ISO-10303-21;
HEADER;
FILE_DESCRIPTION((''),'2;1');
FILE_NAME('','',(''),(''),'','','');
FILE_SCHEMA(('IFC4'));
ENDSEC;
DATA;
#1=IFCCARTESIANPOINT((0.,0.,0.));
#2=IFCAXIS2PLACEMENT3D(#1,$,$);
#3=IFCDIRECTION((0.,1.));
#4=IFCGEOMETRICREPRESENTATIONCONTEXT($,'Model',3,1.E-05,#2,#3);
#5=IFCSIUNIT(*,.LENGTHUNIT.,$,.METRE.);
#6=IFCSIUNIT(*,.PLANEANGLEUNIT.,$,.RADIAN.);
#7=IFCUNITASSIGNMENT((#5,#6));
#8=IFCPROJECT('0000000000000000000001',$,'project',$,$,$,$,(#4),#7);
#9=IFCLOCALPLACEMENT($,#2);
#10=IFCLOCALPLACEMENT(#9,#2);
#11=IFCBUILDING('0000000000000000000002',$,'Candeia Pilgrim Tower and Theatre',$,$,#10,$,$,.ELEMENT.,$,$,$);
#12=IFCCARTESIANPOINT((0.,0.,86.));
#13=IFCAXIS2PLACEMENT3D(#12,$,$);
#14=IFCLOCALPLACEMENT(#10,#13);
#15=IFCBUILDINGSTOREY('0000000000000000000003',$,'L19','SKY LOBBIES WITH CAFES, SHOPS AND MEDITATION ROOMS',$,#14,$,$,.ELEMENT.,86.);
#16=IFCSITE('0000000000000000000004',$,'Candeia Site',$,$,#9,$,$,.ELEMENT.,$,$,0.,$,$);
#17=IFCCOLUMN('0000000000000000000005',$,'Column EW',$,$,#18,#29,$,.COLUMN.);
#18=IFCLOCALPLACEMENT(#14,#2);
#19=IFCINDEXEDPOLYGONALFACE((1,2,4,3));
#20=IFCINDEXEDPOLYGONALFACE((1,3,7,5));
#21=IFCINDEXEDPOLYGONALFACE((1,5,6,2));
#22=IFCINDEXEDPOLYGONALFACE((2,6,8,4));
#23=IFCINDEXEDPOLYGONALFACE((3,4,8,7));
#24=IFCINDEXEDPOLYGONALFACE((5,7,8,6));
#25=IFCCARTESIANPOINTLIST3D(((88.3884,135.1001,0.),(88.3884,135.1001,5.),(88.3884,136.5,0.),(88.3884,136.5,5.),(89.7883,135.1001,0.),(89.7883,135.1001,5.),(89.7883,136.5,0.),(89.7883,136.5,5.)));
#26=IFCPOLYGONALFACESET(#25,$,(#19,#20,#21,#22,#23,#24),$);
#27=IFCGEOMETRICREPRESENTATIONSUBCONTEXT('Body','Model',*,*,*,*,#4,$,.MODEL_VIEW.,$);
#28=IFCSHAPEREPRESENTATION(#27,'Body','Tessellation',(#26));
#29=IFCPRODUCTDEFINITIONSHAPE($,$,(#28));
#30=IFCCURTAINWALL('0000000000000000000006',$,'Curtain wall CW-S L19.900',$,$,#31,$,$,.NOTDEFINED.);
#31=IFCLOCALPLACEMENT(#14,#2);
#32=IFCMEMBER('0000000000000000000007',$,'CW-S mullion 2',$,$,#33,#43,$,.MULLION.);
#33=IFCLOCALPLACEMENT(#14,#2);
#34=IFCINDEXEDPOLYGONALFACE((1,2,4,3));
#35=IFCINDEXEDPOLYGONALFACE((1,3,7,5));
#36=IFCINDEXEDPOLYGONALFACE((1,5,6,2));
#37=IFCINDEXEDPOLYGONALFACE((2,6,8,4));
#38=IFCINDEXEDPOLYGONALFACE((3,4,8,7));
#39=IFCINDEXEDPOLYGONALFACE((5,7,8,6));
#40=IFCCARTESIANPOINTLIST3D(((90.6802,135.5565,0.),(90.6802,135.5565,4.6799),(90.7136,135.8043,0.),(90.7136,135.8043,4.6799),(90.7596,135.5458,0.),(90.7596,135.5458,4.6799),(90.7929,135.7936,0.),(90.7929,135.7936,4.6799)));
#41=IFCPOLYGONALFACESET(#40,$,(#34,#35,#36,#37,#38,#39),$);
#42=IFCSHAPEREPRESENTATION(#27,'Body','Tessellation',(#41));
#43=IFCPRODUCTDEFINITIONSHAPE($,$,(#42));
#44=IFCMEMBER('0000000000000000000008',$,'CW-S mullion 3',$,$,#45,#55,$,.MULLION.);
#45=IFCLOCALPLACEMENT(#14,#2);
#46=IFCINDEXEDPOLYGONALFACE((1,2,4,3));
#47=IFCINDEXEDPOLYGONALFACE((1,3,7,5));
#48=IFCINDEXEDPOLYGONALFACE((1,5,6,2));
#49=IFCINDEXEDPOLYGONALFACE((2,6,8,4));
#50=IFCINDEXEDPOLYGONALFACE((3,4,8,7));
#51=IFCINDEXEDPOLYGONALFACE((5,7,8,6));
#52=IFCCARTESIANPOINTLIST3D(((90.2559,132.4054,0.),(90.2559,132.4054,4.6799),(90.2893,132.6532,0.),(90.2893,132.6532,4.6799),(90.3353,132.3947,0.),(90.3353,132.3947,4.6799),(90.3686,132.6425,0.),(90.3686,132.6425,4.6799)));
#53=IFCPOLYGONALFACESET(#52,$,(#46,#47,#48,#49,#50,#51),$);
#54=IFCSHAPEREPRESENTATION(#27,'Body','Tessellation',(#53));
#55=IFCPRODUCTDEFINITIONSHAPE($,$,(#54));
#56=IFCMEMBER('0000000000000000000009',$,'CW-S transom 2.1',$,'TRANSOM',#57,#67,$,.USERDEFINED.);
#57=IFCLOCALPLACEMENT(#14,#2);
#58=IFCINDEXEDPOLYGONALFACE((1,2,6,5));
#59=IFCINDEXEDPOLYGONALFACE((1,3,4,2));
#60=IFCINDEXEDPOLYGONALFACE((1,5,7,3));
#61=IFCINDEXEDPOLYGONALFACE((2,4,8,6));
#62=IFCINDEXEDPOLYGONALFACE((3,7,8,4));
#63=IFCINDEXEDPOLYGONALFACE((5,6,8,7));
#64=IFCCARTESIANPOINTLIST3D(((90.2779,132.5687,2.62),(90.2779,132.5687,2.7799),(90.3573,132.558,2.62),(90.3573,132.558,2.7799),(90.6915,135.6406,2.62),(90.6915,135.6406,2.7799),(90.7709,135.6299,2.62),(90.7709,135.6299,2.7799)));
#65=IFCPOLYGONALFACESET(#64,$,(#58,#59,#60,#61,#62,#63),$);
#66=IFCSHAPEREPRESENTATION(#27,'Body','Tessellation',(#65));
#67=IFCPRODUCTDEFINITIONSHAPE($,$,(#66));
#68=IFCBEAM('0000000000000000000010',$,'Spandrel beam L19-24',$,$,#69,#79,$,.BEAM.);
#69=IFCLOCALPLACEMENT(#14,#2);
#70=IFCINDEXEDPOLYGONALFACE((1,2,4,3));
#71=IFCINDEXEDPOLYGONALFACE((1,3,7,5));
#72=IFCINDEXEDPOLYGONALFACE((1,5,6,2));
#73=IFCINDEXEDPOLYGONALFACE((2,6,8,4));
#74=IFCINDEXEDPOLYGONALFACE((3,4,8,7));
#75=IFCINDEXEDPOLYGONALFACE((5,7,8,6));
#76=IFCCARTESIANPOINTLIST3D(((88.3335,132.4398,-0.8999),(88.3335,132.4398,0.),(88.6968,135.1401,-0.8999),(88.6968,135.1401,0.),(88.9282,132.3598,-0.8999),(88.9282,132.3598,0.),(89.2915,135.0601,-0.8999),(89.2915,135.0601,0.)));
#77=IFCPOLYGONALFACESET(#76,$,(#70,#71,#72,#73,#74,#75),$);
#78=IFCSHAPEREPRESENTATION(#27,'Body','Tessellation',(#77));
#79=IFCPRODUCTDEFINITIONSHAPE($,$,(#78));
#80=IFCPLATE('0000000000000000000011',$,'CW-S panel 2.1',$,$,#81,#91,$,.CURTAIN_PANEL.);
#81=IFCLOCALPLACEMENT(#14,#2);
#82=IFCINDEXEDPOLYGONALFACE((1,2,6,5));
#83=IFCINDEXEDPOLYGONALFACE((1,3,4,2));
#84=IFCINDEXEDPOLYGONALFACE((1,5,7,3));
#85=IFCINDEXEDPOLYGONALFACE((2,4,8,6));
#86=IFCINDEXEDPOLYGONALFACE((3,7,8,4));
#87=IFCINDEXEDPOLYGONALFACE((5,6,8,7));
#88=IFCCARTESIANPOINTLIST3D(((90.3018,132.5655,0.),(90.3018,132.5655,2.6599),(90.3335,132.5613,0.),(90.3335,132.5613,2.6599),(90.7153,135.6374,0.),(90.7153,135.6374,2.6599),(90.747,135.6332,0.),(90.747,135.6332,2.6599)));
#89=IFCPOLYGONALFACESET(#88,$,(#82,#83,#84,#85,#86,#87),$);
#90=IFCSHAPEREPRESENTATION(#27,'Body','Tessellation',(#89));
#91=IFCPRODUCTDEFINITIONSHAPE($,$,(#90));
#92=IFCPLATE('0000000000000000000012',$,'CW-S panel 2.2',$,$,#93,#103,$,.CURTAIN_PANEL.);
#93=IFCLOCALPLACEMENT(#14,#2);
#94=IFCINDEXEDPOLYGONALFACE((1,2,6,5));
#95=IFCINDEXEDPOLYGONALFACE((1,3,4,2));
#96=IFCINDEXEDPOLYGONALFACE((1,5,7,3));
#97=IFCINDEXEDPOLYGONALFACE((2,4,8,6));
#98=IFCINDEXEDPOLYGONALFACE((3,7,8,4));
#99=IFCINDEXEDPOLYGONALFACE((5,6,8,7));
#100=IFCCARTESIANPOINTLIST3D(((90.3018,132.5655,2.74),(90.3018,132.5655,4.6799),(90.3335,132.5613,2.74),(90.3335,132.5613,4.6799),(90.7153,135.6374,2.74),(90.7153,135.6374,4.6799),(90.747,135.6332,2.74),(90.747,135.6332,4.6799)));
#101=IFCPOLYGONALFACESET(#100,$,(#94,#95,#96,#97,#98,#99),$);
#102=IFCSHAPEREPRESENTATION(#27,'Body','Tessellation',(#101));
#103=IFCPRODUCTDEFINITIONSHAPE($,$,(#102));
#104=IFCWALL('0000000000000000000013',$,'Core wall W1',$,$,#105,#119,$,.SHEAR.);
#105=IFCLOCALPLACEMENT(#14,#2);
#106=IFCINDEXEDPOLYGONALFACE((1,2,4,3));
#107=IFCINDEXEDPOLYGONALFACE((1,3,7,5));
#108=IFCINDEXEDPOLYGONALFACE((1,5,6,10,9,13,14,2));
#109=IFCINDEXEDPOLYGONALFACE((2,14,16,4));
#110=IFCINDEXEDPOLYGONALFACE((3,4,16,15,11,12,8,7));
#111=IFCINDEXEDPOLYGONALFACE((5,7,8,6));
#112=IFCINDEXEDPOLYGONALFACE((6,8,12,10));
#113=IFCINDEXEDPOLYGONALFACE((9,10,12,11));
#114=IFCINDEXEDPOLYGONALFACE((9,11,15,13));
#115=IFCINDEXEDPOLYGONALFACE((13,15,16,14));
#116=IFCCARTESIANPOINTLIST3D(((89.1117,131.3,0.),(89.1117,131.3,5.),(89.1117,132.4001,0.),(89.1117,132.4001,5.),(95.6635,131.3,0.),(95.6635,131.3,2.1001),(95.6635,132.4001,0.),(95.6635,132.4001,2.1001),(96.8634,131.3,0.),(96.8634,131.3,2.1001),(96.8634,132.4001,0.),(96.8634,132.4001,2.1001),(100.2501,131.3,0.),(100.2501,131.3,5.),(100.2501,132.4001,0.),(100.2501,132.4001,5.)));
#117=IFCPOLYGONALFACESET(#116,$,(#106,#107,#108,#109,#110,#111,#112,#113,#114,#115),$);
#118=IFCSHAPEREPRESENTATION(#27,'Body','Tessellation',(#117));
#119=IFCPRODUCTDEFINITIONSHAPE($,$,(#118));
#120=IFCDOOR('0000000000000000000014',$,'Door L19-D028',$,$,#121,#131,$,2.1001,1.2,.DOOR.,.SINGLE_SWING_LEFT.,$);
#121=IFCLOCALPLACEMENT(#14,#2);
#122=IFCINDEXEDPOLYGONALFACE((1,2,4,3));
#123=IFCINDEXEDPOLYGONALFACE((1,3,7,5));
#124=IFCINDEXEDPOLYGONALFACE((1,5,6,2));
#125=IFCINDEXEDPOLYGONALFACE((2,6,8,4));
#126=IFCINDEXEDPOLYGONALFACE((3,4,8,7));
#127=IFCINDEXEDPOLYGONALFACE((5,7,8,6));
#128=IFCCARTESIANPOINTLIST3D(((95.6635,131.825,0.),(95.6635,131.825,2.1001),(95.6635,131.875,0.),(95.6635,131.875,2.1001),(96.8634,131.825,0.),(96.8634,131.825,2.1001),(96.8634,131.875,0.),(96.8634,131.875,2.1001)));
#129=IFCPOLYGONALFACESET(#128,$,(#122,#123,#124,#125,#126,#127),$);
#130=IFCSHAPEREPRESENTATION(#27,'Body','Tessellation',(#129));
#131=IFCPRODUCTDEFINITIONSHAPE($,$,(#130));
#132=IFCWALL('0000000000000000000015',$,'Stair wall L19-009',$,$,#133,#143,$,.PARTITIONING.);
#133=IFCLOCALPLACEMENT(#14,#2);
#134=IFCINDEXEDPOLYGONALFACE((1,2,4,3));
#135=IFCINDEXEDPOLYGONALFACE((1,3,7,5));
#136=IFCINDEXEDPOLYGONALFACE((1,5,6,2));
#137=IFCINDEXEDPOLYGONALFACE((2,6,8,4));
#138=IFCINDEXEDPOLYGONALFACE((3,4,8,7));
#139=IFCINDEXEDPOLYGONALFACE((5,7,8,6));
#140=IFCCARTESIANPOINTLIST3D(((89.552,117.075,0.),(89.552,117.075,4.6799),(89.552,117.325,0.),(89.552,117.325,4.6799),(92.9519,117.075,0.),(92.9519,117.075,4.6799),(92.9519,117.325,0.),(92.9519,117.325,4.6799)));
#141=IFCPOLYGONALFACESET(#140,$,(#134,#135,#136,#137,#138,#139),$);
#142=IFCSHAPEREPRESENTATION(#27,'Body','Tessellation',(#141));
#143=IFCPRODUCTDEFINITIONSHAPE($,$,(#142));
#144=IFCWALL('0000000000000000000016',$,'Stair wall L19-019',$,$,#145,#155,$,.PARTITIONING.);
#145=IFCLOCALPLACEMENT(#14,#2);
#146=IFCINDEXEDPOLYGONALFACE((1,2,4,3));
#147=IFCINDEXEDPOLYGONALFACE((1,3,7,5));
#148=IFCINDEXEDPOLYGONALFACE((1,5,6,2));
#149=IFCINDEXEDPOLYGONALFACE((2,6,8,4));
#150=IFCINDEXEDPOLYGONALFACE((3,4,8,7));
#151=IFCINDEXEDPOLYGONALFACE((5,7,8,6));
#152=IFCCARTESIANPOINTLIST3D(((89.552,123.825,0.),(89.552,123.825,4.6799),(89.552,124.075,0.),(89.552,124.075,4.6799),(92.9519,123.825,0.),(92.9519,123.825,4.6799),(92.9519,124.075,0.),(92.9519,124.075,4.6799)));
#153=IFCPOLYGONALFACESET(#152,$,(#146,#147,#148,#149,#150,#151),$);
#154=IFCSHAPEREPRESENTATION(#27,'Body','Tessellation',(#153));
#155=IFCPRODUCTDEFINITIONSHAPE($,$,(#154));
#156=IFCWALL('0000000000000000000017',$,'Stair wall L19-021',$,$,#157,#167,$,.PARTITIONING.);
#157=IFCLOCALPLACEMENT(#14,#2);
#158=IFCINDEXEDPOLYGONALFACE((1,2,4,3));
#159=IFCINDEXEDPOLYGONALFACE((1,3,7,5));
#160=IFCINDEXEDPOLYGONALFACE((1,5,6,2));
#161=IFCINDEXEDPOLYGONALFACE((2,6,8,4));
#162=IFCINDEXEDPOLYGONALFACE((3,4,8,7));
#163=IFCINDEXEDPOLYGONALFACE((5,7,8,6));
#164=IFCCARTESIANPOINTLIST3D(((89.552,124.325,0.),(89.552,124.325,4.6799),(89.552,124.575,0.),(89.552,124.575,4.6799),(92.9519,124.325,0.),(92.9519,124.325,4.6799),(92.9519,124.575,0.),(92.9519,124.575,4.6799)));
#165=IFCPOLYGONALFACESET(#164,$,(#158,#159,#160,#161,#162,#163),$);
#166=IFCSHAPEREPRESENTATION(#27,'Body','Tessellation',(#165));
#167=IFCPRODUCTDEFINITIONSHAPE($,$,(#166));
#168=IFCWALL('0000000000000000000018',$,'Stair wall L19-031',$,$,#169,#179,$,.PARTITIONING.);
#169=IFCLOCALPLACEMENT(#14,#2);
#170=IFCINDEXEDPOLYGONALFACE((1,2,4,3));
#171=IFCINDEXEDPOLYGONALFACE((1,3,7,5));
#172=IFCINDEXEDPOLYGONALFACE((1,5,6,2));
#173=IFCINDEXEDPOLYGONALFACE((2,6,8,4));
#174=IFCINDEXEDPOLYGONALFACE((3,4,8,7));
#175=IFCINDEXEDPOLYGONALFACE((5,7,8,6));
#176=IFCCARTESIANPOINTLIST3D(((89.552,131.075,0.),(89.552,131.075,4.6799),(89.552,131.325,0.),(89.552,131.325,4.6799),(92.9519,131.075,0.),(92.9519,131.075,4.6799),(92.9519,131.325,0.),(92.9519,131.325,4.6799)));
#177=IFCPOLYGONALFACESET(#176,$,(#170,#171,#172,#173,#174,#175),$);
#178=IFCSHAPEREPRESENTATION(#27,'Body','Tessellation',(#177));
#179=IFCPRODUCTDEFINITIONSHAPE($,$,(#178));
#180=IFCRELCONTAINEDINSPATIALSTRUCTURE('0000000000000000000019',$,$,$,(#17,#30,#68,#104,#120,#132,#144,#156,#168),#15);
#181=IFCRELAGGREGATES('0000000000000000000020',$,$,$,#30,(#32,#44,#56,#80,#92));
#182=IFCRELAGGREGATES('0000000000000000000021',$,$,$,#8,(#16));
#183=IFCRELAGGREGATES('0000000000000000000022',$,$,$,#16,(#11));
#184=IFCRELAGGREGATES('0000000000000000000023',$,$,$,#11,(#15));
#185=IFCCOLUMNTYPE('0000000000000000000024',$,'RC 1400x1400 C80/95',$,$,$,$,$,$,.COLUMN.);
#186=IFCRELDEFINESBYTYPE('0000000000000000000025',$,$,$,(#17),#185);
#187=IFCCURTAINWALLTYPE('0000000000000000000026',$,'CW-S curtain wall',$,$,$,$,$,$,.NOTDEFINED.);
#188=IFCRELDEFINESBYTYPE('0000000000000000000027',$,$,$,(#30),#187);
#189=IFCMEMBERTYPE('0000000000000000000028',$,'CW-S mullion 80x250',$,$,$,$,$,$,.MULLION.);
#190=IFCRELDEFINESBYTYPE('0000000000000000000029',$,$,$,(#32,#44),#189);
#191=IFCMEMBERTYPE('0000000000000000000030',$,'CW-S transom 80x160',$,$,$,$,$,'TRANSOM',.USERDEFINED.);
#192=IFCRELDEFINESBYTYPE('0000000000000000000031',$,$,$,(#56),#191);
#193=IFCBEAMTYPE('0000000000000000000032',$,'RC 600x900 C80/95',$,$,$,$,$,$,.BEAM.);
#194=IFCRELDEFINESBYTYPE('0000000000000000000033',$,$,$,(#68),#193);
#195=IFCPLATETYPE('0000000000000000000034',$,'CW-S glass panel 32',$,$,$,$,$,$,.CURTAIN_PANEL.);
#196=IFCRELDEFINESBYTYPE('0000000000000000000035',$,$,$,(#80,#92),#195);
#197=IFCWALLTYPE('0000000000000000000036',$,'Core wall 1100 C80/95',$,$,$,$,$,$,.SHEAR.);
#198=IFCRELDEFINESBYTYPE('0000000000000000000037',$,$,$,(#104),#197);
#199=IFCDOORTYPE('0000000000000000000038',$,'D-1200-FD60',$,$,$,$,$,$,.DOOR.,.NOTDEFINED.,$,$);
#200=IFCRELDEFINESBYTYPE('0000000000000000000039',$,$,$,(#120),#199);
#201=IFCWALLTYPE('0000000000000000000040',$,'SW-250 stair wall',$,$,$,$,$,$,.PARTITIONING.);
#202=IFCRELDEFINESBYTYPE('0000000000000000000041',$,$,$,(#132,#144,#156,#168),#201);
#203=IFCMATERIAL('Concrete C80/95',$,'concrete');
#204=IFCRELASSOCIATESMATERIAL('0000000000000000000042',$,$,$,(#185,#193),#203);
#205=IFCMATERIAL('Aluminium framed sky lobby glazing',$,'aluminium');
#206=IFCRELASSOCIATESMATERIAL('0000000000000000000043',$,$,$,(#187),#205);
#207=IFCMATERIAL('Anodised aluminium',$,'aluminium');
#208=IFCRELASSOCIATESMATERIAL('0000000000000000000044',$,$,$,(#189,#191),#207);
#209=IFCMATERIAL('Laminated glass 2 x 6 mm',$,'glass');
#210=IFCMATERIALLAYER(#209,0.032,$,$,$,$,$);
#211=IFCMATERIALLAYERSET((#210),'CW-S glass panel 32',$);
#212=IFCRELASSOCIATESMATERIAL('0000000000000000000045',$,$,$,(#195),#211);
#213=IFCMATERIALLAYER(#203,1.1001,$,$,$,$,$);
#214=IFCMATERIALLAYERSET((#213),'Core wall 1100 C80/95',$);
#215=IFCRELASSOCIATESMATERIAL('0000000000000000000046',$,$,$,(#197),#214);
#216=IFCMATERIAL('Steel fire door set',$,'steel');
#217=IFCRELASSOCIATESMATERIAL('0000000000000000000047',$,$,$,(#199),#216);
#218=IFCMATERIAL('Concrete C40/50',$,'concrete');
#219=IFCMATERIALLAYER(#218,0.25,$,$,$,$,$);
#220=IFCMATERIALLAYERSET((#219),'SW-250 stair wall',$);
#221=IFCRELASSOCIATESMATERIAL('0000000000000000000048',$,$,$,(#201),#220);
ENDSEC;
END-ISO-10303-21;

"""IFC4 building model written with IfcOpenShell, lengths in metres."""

from ifc_helpers import new_model, si_unit, direction, frame, frame_2d, origin, origin_2d, place, context, subcontext, project, spatial, rectangle, extrude, material, layer, layer_set, material_profile, profile_set, type_object, element, fill, aggregate, save


model = new_model("IFC4")

# Units and contexts
model_context = context("Model", 3, precision=1e-05, world=origin(), true_north=direction((0.0, 1.0)))
body_context = subcontext(model_context, "Body", "Model", "MODEL_VIEW")
ifc_project = project(units=[si_unit("LENGTHUNIT", "METRE"), si_unit("PLANEANGLEUNIT", "RADIAN")], contexts=[model_context])

# Site, building, storey
site_placement = place(None, origin())
site = spatial("IfcSite", under=ifc_project, at=site_placement, Name="Candeia Site", CompositionType="ELEMENT", RefElevation=0.0)
building_placement = place(site_placement, origin())
building = spatial("IfcBuilding", under=site, at=building_placement, Name="Candeia Pilgrim Tower and Theatre", CompositionType="ELEMENT")
storey_placement = place(building_placement, frame((0.0, 0.0, 86.0)))
storey = spatial("IfcBuildingStorey", under=building, at=storey_placement, Name="L19", Description="SKY LOBBIES WITH CAFES, SHOPS AND MEDITATION ROOMS", CompositionType="ELEMENT", Elevation=86.0)

# Column
ifc_material_1 = material(Name="Concrete C80/95", Category="concrete")
ifc_material_profile_1 = material_profile(ifc_material_1, rectangle(XDim=1.3999, YDim=1.3999, at=origin_2d()))
ifc_profile_set_1 = profile_set([ifc_material_profile_1], Name="Concrete C80/95")
column_type = type_object("IfcColumnType", Name="RC 1400x1400 C80/95", PredefinedType="COLUMN", material=ifc_profile_set_1)
column_placement = place(storey_placement, frame((89.0884, 135.8, 0.0), z_axis=(0.0, 0.0, 1.0), x_axis=(1.0, 0.0, 0.0)))
element("IfcColumn", 1, at=column_placement, inside=storey, type_object=column_type, Name="Column EW", PredefinedType="COLUMN", context=body_context, shape_type="SweptSolid", body=[
    extrude(rectangle(XDim=1.3999, YDim=1.3999, at=origin_2d()), origin(), (0.0, 0.0, 1.0), 5.0),
])

# Curtain wall, members
ifc_material_2 = material(Name="Aluminium framed sky lobby glazing", Category="aluminium")
curtain_wall_type = type_object("IfcCurtainWallType", Name="CW-S curtain wall", PredefinedType="NOTDEFINED", material=ifc_material_2)
curtain_wall_placement = place(storey_placement, origin())
curtain_wall = element("IfcCurtainWall", 2, at=curtain_wall_placement, inside=storey, type_object=curtain_wall_type, Name="Curtain wall CW-S L19.900", PredefinedType="NOTDEFINED")
ifc_material_3 = material(Name="Anodised aluminium", Category="aluminium")
ifc_material_profile_2 = material_profile(ifc_material_3, rectangle(XDim=0.0801, YDim=0.25, at=origin_2d()))
ifc_profile_set_2 = profile_set([ifc_material_profile_2], Name="Anodised aluminium")
member_type_1 = type_object("IfcMemberType", Name="CW-S mullion 80x250", PredefinedType="MULLION", material=ifc_profile_set_2)
member_1_placement = place(storey_placement, frame((90.7366, 135.675, 0.0), z_axis=(0.0, 0.0, 1.0), x_axis=(0.991061, -0.133412, 0.0)))
member_1 = element("IfcMember", 3, at=member_1_placement, type_object=member_type_1, Name="CW-S mullion 2", PredefinedType="MULLION", context=body_context, shape_type="SweptSolid", body=[
    extrude(rectangle(XDim=0.0801, YDim=0.25, at=origin_2d()), origin(), (0.0, 0.0, 1.0), 4.6799),
])
member_2_placement = place(storey_placement, frame((90.3123, 132.5239, 0.0), z_axis=(0.0, 0.0, 1.0), x_axis=(0.991061, -0.133412, 0.0)))
member_2 = element("IfcMember", 4, at=member_2_placement, type_object=member_type_1, Name="CW-S mullion 3", PredefinedType="MULLION", context=body_context, shape_type="SweptSolid", body=[
    extrude(rectangle(XDim=0.0801, YDim=0.25, at=origin_2d()), origin(), (0.0, 0.0, 1.0), 4.6799),
])
ifc_material_profile_3 = material_profile(ifc_material_3, rectangle(XDim=0.0801, YDim=0.1599, at=origin_2d()))
ifc_profile_set_3 = profile_set([ifc_material_profile_3], Name="Anodised aluminium")
member_type_2 = type_object("IfcMemberType", Name="CW-S transom 80x160", ElementType="TRANSOM", PredefinedType="USERDEFINED", material=ifc_profile_set_3)
member_3_placement = place(storey_placement, frame((90.7312, 135.6353, 2.7), z_axis=(-0.133433, -0.991058, 0.0), x_axis=(0.991058, -0.133433, 0.0)))
member_3 = element("IfcMember", 5, at=member_3_placement, type_object=member_type_2, Name="CW-S transom 2.1", ObjectType="TRANSOM", PredefinedType="USERDEFINED", context=body_context, shape_type="SweptSolid", body=[
    extrude(rectangle(XDim=0.0801, YDim=0.1599, at=origin_2d()), origin(), (0.0, 0.0, 1.0), 3.0996),
])

# Beam
ifc_material_profile_4 = material_profile(ifc_material_1, rectangle(XDim=0.6001, YDim=0.8999, at=origin_2d()))
ifc_profile_set_4 = profile_set([ifc_material_profile_4], Name="Concrete C80/95")
beam_type = type_object("IfcBeamType", Name="RC 600x900 C80/95", PredefinedType="BEAM", material=ifc_profile_set_4)
beam_placement = place(storey_placement, frame((88.9941, 135.1001, -0.45), z_axis=(-0.133338, -0.991071, 0.0), x_axis=(0.991071, -0.133338, 0.0)))
element("IfcBeam", 6, at=beam_placement, inside=storey, type_object=beam_type, Name="Spandrel beam L19-24", PredefinedType="BEAM", context=body_context, shape_type="SweptSolid", body=[
    extrude(rectangle(XDim=0.6001, YDim=0.8999, at=origin_2d()), origin(), (0.0, 0.0, 1.0), 2.7246),
])

# Plates
ifc_material_4 = material(Name="Laminated glass 2 x 6 mm", Category="glass")
ifc_layer_1 = layer(ifc_material_4, 0.032)
ifc_layer_set_1 = layer_set([ifc_layer_1], Name="CW-S glass panel 32")
plate_type = type_object("IfcPlateType", Name="CW-S glass panel 32", PredefinedType="CURTAIN_PANEL", material=ifc_layer_set_1)
plate_1_placement = place(storey_placement, frame((90.5244, 134.0994, 0.0), z_axis=(0.0, 0.0, 1.0), x_axis=(-0.133412, -0.991061, 0.0)))
plate_1 = element("IfcPlate", 7, at=plate_1_placement, type_object=plate_type, Name="CW-S panel 2.1", PredefinedType="CURTAIN_PANEL", context=body_context, shape_type="SweptSolid", body=[
    extrude(rectangle(XDim=3.0996, YDim=0.032, at=origin_2d()), origin(), (0.0, 0.0, 1.0), 2.6599),
])
plate_2_placement = place(storey_placement, frame((90.5244, 134.0994, 2.74), z_axis=(0.0, 0.0, 1.0), x_axis=(-0.133412, -0.991061, 0.0)))
plate_2 = element("IfcPlate", 8, at=plate_2_placement, type_object=plate_type, Name="CW-S panel 2.2", PredefinedType="CURTAIN_PANEL", context=body_context, shape_type="SweptSolid", body=[
    extrude(rectangle(XDim=3.0996, YDim=0.032, at=origin_2d()), origin(), (0.0, 0.0, 1.0), 1.9399),
])
aggregate(curtain_wall, [member_1, member_2, member_3, plate_1, plate_2])

# Wall, opening, door
ifc_layer_2 = layer(ifc_material_1, 1.1001)
ifc_layer_set_2 = layer_set([ifc_layer_2], Name="Core wall 1100 C80/95")
wall_type_1 = type_object("IfcWallType", Name="Core wall 1100 C80/95", PredefinedType="SHEAR", material=ifc_layer_set_2)
wall_1_placement = place(storey_placement, frame((89.1116, 131.8501, 0.0), z_axis=(0.0, 0.0, 1.0), x_axis=(1.0, 0.0, 0.0)))
wall_1 = element("IfcWall", 9, at=wall_1_placement, inside=storey, type_object=wall_type_1, Name="Core wall W1", PredefinedType="SHEAR", context=body_context, shape_type="SweptSolid", body=[
    extrude(rectangle(XDim=11.1384, YDim=1.1001, at=frame_2d((5.5693, 0.0))), origin(), (0.0, 0.0, 1.0), 5.0),
])
opening_placement = place(wall_1_placement, frame((6.5518, 0.0, 0.0)))
opening = element("IfcOpeningElement", 10, at=opening_placement, cuts=wall_1, PredefinedType="OPENING", context=body_context, shape_type="SweptSolid", body=[
    extrude(rectangle(XDim=1.2, YDim=2.1001, at=frame_2d((0.6001, 1.05))), frame((0.0, 0.5601, 0.0), z_axis=(0.0, -1.0, 0.0), x_axis=(1.0, 0.0, 0.0)), (0.0, 0.0, 1.0), 1.1201),
])
ifc_material_5 = material(Name="Steel fire door set", Category="steel")
door_type = type_object("IfcDoorType", Name="D-1200-FD60", OperationType="NOTDEFINED", PredefinedType="DOOR", material=ifc_material_5)
door_placement = place(opening_placement, origin())
door = element("IfcDoor", 11, at=door_placement, inside=storey, type_object=door_type, Name="Door L19-D028", OperationType="SINGLE_SWING_LEFT", OverallHeight=2.1001, OverallWidth=1.2, PredefinedType="DOOR", context=body_context, shape_type="SweptSolid", body=[
    extrude(rectangle(XDim=1.2, YDim=2.1001, at=frame_2d((0.6001, 1.05))), frame((0.0, 0.0249, 0.0), z_axis=(0.0, -1.0, 0.0), x_axis=(1.0, 0.0, 0.0)), (0.0, 0.0, 1.0), 0.05),
])
fill(opening, door)

# Walls
ifc_material_6 = material(Name="Concrete C40/50", Category="concrete")
ifc_layer_3 = layer(ifc_material_6, 0.25)
ifc_layer_set_3 = layer_set([ifc_layer_3], Name="SW-250 stair wall")
wall_type_2 = type_object("IfcWallType", Name="SW-250 stair wall", PredefinedType="PARTITIONING", material=ifc_layer_set_3)
for number, where, z_axis, x_axis, name in (
    (12, (89.552, 117.2, 0.0), (0.0, 0.0, 1.0), (1.0, 0.0, 0.0), "Stair wall L19-009"),
    (13, (89.552, 123.95, 0.0), (0.0, 0.0, 1.0), (1.0, 0.0, 0.0), "Stair wall L19-019"),
    (14, (89.552, 124.45, 0.0), (0.0, 0.0, 1.0), (1.0, 0.0, 0.0), "Stair wall L19-021"),
    (15, (89.552, 131.2, 0.0), (0.0, 0.0, 1.0), (1.0, 0.0, 0.0), "Stair wall L19-031"),
):
    element("IfcWall", number, at=place(storey_placement, frame(where, z_axis=z_axis, x_axis=x_axis)), inside=storey, type_object=wall_type_2, Name=name, PredefinedType="PARTITIONING", context=body_context, shape_type="SweptSolid", body=[
        extrude(rectangle(XDim=3.3999, YDim=0.25, at=frame_2d((1.7, 0.0))), origin(), (0.0, 0.0, 1.0), 4.6799),
    ])

save(model, "model.ifc")
